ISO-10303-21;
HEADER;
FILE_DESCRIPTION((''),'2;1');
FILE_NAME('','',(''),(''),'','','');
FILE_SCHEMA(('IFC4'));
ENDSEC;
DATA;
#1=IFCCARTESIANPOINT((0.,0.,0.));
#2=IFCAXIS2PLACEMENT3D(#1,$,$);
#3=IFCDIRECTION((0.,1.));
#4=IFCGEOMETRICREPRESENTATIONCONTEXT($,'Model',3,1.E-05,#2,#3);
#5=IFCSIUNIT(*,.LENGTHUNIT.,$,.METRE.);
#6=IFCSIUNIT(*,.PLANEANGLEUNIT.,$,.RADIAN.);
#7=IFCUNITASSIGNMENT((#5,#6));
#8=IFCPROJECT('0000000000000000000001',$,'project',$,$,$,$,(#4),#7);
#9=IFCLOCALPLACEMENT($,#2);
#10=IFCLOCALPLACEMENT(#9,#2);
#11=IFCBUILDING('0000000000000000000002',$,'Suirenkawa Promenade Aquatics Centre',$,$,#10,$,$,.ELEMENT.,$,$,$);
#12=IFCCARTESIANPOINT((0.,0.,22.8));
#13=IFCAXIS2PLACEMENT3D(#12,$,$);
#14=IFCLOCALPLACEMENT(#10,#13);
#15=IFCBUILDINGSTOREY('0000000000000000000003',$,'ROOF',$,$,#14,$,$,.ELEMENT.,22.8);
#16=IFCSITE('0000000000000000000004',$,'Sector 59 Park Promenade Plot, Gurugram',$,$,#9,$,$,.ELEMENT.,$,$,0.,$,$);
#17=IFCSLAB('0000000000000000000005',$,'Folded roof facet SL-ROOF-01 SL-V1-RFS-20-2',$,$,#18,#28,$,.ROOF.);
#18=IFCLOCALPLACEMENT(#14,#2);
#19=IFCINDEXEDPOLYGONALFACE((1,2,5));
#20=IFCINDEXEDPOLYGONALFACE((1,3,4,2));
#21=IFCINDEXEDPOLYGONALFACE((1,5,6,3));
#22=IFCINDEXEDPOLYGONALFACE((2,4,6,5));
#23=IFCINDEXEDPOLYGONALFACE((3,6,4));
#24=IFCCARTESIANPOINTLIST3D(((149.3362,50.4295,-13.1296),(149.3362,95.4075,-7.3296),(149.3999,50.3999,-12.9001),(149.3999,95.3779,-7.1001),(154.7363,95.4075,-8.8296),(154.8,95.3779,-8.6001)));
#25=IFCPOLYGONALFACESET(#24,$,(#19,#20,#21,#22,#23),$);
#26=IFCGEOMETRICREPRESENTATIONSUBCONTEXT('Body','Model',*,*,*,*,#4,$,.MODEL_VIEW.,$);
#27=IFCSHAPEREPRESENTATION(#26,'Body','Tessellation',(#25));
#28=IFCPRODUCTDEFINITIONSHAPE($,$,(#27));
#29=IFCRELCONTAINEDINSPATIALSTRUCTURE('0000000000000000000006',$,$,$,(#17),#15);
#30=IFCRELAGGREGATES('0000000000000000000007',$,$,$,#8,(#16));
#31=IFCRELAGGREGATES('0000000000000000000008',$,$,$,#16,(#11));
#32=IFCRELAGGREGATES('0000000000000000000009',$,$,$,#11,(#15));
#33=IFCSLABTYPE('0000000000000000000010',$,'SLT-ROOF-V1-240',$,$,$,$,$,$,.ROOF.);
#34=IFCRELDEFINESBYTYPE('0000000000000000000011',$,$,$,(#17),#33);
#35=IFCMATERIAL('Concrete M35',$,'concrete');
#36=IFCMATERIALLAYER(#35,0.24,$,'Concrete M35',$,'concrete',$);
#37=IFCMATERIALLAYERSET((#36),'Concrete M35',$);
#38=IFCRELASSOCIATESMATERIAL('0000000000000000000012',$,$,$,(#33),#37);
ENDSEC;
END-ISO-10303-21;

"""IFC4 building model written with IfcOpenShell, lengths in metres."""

from ifc_helpers import new_model, si_unit, direction, frame, origin, place, context, subcontext, project, spatial, polyline, outline, extrude, material, layer, layer_set, type_object, element, save


model = new_model("IFC4")

# Units and contexts
model_context = context("Model", 3, precision=1e-05, world=origin(), true_north=direction((0.0, 1.0)))
body_context = subcontext(model_context, "Body", "Model", "MODEL_VIEW")
ifc_project = project(units=[si_unit("LENGTHUNIT", "METRE"), si_unit("PLANEANGLEUNIT", "RADIAN")], contexts=[model_context])

# Site, building, storey
site_placement = place(None, origin())
site = spatial("IfcSite", under=ifc_project, at=site_placement, Name="Sector 59 Park Promenade Plot, Gurugram", CompositionType="ELEMENT", RefElevation=0.0)
building_placement = place(site_placement, origin())
building = spatial("IfcBuilding", under=site, at=building_placement, Name="Suirenkawa Promenade Aquatics Centre", CompositionType="ELEMENT")
storey_placement = place(building_placement, frame((0.0, 0.0, 22.8)))
storey = spatial("IfcBuildingStorey", under=building, at=storey_placement, Name="ROOF", CompositionType="ELEMENT", Elevation=22.8)

# Slab
ifc_material_1 = material(Name="Concrete M35", Category="concrete")
ifc_layer = layer(ifc_material_1, 0.24, Name="Concrete M35", Category="concrete")
ifc_layer_set = layer_set([ifc_layer], Name="Concrete M35")
slab_type = type_object("IfcSlabType", Name="SLT-ROOF-V1-240", PredefinedType="ROOF", material=ifc_layer_set)
slab_1_placement = place(storey_placement, frame((149.3999, 50.3999, -12.9001), z_axis=(0.265595, -0.123301, 0.956168), x_axis=(0.118672, 0.988427, 0.094497)))
element("IfcSlab", 1, at=slab_1_placement, inside=storey, type_object=slab_type, Name="Folded roof facet SL-ROOF-01 SL-V1-RFS-20-2", PredefinedType="ROOF", context=body_context, shape_type="SweptSolid", body=[
    extrude(outline(polyline([(0.0, 0.0), (45.5047, 0.0), (45.0056, 5.5823), (0.0, 0.0)])), origin(), (0.0, 0.0, -1.0), 0.24),
])

save(model, "model.ifc")
